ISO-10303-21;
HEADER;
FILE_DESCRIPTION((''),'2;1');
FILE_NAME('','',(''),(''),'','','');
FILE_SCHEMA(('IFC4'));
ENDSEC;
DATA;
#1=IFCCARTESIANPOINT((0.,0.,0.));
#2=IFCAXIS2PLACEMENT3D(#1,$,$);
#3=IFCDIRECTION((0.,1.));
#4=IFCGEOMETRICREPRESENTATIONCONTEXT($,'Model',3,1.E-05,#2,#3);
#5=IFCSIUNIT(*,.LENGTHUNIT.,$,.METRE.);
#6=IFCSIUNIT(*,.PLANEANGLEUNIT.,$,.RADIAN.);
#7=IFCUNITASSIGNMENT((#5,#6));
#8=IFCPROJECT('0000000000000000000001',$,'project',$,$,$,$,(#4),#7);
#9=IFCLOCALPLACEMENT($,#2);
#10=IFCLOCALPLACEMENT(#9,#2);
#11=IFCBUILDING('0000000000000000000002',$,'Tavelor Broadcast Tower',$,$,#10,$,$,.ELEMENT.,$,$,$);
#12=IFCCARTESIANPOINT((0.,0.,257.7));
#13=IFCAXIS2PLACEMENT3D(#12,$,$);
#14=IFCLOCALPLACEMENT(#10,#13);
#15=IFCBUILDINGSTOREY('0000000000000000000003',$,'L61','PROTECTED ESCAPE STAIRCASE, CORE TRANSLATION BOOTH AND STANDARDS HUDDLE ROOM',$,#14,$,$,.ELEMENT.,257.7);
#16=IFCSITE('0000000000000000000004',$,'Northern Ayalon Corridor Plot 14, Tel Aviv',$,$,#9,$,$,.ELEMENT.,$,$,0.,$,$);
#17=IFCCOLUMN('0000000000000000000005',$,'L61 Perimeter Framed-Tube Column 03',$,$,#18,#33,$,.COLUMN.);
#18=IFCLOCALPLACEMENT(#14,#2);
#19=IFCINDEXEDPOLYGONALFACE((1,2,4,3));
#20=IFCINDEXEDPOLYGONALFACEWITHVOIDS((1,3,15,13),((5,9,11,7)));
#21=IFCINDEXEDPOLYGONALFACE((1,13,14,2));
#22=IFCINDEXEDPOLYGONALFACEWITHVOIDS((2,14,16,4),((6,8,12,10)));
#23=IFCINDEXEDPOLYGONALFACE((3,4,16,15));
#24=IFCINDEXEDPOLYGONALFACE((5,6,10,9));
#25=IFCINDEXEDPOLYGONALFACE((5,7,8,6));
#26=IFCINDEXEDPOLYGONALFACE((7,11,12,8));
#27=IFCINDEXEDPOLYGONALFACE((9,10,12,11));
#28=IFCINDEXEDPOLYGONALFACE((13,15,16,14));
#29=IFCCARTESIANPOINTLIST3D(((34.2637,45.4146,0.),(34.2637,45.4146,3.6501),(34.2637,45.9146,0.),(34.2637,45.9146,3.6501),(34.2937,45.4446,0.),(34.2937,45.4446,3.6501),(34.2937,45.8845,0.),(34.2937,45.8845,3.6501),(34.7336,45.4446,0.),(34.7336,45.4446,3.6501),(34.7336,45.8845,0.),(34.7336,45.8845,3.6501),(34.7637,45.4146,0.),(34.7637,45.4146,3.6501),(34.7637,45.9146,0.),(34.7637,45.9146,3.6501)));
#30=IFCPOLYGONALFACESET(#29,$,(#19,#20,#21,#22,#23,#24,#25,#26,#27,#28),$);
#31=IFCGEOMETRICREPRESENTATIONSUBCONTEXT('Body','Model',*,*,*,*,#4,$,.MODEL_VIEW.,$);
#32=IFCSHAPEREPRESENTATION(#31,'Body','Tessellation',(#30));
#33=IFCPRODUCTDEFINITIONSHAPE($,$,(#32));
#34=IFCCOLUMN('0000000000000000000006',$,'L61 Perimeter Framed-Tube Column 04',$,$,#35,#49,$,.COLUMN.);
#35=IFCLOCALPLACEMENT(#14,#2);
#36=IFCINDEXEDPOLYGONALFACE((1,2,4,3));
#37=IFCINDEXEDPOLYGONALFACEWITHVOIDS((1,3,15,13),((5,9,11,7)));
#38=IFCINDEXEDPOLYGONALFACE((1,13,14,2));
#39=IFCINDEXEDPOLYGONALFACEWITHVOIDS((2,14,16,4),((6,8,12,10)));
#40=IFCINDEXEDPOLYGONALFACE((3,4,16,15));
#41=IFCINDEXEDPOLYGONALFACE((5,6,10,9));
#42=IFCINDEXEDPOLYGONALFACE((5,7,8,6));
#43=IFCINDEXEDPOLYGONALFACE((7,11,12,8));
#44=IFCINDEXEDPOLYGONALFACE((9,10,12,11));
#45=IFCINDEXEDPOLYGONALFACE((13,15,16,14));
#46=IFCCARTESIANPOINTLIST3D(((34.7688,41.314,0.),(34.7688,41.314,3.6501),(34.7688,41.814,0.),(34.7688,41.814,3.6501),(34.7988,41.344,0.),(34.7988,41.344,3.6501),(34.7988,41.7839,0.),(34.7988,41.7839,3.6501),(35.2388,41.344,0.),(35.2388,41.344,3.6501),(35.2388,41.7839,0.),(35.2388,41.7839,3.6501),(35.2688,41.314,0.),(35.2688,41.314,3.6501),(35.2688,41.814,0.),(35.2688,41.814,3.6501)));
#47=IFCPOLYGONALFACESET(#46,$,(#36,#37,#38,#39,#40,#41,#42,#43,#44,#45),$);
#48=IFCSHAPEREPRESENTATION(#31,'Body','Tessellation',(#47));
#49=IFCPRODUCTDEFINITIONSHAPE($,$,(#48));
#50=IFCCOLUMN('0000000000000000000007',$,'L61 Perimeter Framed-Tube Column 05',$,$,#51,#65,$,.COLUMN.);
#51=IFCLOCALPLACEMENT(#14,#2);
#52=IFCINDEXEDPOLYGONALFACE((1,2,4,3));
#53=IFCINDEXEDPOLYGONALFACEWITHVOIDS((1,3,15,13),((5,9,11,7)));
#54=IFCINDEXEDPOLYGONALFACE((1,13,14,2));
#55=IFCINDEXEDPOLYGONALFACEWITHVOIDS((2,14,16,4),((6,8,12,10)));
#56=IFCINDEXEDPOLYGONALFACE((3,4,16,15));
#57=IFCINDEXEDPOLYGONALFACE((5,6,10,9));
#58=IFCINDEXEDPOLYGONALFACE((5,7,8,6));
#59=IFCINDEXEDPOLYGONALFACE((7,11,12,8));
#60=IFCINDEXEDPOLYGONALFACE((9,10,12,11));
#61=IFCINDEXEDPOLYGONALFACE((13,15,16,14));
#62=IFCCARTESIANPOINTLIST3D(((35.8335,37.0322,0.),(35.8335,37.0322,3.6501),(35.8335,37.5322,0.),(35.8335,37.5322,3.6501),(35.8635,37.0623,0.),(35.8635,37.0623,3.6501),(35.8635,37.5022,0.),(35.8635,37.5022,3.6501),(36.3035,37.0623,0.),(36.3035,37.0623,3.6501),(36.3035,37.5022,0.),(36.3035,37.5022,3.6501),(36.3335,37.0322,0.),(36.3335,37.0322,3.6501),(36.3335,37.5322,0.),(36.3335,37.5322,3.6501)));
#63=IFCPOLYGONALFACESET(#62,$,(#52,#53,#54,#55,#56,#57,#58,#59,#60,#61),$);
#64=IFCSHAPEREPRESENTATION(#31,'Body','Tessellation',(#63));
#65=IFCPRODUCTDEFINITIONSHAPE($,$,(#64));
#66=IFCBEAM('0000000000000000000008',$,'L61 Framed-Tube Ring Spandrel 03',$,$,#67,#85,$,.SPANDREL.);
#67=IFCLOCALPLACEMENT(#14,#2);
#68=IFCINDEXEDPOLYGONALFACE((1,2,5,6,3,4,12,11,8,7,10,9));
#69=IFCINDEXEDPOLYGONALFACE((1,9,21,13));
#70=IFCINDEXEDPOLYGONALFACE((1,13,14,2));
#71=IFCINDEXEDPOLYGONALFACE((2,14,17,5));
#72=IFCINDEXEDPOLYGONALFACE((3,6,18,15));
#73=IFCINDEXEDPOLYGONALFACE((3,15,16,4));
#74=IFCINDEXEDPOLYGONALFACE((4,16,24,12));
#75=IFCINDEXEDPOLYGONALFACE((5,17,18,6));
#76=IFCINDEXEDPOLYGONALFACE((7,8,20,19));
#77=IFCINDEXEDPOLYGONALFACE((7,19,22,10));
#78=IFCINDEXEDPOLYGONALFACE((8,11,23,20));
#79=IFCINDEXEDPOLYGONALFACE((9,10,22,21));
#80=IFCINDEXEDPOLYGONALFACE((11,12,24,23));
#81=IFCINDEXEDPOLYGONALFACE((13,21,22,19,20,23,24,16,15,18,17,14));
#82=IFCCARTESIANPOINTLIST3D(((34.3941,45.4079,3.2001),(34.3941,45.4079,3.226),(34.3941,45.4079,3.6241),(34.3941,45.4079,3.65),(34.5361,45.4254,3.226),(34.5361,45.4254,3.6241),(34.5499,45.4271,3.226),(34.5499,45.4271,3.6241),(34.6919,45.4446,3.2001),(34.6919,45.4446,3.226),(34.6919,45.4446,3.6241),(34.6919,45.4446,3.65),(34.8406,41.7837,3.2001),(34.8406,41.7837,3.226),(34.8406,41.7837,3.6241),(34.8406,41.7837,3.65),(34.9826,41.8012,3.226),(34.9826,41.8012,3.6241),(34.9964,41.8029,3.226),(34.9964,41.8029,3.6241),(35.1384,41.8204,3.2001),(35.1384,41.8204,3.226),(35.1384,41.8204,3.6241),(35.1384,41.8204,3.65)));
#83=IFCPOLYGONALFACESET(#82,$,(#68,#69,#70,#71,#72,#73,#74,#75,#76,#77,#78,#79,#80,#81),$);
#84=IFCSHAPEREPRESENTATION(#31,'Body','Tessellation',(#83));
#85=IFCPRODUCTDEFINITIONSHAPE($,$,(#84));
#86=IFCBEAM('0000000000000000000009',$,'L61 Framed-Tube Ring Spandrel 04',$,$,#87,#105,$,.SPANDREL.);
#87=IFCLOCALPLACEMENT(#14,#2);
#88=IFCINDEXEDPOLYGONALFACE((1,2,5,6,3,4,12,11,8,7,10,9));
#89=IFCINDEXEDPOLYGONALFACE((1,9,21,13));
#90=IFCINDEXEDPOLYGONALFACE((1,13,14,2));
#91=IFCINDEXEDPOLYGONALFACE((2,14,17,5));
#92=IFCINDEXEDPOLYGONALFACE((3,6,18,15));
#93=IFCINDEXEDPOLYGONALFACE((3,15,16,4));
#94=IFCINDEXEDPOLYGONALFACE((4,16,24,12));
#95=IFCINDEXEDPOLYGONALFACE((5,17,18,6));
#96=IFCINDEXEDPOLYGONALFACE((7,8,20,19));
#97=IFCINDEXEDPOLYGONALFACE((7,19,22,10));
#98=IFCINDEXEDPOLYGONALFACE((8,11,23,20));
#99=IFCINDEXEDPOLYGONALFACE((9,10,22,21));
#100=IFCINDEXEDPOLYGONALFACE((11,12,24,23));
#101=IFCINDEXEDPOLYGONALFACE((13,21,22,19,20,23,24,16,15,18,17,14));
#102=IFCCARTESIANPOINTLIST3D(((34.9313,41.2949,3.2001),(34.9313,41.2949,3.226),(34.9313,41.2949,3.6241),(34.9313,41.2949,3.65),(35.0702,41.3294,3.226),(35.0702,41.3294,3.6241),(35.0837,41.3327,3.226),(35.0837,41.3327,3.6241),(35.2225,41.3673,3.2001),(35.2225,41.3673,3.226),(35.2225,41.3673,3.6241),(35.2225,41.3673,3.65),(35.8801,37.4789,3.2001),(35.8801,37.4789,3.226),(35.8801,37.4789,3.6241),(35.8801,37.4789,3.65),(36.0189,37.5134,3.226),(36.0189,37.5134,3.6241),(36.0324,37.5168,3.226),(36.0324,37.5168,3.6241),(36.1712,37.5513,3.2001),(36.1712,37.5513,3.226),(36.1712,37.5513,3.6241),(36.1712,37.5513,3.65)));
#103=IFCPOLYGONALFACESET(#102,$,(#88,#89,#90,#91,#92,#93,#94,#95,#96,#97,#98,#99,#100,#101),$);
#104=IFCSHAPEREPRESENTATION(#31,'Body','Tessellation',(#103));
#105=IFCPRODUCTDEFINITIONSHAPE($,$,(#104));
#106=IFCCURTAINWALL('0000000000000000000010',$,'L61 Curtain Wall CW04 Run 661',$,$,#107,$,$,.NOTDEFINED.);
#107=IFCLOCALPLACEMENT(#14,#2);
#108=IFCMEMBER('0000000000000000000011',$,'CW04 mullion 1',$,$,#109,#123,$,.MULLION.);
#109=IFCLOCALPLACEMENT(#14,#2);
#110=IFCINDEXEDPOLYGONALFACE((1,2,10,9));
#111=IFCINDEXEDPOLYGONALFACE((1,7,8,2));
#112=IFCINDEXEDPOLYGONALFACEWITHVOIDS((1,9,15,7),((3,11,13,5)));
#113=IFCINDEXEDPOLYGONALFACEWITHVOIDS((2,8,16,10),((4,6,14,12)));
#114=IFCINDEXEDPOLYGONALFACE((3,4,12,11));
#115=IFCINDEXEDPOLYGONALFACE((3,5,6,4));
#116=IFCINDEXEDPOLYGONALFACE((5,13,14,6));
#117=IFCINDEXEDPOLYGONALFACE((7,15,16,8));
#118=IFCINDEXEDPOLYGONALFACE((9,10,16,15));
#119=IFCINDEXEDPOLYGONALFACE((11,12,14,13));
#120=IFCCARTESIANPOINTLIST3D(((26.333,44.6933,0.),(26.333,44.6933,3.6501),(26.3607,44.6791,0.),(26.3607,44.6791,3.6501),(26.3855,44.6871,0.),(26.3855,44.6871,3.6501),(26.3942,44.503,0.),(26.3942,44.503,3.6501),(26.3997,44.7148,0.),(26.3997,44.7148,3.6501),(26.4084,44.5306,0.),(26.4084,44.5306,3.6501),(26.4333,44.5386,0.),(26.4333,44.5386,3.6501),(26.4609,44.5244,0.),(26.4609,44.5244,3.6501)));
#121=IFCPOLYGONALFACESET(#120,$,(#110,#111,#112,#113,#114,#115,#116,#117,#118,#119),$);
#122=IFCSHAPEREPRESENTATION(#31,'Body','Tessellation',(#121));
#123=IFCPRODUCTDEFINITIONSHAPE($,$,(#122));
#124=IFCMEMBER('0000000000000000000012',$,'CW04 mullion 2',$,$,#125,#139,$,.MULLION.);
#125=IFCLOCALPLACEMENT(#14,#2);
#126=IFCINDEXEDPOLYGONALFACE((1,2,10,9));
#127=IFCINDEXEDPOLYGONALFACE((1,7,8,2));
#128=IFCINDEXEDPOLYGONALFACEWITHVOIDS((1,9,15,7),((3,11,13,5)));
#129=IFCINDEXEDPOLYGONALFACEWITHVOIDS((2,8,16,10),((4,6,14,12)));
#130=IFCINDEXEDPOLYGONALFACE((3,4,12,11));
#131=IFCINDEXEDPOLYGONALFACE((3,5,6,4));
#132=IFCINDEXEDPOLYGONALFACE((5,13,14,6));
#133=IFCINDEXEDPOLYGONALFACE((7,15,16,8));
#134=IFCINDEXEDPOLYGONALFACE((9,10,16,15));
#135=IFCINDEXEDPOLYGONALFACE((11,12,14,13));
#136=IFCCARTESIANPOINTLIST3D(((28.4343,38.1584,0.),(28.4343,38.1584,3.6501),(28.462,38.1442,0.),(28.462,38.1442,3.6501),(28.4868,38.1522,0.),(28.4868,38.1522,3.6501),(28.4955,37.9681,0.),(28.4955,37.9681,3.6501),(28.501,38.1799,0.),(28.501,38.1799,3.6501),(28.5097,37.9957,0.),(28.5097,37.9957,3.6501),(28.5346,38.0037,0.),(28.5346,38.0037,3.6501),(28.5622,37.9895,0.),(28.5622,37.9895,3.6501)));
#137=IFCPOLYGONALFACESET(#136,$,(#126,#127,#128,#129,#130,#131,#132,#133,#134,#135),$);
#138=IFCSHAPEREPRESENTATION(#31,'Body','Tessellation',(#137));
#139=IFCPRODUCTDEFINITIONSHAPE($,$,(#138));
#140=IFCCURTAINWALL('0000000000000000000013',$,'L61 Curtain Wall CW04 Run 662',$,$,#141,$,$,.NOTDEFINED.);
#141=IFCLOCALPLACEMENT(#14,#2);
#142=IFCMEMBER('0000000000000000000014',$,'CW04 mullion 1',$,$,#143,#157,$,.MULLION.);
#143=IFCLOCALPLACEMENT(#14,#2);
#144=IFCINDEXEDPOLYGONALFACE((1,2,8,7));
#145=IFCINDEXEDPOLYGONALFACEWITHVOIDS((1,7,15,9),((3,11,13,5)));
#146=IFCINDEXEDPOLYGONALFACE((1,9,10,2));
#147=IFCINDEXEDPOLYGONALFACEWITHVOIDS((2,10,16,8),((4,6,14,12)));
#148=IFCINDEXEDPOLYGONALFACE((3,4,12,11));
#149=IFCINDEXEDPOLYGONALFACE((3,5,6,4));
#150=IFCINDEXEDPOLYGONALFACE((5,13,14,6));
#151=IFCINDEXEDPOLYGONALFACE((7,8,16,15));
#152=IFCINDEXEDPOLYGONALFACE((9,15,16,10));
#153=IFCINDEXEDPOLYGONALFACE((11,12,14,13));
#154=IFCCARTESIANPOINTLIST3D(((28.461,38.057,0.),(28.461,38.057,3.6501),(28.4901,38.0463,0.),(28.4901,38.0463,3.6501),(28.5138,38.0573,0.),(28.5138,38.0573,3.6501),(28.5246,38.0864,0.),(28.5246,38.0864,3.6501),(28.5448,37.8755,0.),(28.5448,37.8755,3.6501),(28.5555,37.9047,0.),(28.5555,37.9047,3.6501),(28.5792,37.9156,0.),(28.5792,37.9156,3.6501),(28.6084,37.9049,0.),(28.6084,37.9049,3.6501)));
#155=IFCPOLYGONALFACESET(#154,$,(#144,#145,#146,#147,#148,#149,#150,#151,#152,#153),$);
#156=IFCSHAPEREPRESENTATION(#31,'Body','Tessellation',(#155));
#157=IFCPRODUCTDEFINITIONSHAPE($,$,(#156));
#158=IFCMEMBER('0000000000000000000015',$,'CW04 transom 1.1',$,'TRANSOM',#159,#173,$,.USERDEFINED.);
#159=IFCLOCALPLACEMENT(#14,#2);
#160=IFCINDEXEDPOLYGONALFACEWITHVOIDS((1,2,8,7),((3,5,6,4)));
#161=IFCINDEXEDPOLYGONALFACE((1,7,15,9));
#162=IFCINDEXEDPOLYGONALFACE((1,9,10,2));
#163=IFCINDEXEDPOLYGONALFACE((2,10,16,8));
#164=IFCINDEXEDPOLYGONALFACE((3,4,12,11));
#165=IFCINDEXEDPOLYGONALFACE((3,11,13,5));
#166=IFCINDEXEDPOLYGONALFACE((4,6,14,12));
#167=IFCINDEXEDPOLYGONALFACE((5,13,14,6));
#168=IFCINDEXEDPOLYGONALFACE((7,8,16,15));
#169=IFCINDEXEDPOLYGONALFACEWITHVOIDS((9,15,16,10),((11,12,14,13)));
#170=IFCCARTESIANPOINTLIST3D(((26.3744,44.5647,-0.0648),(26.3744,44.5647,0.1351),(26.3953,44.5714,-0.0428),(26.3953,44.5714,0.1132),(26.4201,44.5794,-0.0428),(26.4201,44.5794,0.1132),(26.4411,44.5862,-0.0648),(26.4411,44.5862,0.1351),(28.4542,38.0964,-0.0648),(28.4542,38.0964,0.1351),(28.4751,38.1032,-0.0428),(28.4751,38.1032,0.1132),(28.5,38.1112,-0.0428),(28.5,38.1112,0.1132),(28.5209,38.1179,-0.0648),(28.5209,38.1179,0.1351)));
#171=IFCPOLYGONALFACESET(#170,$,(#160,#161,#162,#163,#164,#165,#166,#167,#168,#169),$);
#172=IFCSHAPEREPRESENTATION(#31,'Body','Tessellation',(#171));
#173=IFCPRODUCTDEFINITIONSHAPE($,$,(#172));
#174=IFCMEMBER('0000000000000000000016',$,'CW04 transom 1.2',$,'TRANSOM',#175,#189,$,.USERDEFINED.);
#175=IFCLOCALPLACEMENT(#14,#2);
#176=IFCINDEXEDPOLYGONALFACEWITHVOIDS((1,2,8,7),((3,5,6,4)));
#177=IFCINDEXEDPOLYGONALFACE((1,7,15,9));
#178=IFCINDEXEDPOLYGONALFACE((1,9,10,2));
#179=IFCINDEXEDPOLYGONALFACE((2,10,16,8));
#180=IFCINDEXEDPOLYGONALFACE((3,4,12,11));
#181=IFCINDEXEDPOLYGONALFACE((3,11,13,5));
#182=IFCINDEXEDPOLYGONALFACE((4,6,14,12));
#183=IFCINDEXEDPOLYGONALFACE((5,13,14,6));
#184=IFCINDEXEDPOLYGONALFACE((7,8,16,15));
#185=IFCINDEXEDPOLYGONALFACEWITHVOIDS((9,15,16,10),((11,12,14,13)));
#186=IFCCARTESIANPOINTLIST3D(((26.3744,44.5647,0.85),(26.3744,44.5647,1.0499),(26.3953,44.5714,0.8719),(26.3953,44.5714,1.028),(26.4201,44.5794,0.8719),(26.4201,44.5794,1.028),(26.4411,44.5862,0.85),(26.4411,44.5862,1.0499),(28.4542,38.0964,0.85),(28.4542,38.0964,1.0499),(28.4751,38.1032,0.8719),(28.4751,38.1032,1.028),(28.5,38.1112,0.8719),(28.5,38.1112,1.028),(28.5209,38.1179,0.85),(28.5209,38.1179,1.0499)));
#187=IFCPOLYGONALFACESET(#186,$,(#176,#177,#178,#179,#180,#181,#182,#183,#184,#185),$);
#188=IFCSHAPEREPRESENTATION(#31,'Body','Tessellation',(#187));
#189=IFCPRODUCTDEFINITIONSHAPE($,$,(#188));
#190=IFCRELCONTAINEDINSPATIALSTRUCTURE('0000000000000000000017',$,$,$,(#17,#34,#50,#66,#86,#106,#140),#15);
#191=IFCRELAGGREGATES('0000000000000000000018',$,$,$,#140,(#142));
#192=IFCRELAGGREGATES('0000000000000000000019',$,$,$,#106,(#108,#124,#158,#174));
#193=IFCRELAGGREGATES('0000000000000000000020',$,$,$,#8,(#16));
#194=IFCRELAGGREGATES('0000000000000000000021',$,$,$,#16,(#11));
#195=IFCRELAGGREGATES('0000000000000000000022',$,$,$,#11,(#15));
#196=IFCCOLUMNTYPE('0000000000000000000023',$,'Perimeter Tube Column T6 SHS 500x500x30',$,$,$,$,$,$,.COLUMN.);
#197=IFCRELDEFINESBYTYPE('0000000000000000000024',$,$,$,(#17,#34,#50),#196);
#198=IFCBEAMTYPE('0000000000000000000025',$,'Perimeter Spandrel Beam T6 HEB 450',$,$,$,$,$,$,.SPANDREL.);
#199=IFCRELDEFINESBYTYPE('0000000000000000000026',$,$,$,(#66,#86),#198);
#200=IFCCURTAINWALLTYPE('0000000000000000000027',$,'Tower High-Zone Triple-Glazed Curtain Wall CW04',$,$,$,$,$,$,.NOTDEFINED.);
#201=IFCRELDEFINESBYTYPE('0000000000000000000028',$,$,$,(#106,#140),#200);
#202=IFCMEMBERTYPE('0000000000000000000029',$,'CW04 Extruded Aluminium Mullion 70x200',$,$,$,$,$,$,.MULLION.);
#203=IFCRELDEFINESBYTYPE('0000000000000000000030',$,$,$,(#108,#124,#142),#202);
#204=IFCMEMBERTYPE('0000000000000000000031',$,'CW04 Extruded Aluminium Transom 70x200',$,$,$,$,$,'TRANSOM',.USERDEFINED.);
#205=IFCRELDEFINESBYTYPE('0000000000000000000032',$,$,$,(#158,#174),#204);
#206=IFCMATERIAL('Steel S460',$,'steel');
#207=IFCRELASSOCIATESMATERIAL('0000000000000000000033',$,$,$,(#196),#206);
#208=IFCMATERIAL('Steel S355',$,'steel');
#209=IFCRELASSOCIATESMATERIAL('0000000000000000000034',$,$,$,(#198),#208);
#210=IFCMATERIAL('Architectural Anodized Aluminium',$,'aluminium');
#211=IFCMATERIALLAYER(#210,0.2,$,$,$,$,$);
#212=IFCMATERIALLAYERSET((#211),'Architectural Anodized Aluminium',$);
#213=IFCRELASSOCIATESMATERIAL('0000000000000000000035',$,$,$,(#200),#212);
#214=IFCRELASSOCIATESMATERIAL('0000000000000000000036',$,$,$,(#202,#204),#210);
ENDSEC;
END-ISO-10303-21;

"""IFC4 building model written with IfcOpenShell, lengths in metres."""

from ifc_helpers import new_model, si_unit, direction, frame, origin, origin_2d, place, context, subcontext, project, spatial, hollow_rectangle, i_section, extrude, source, transform, mapped, material, layer, layer_set, material_profile, profile_set, type_object, type_shapes, element, aggregate, save


model = new_model("IFC4")

# Units and contexts
model_context = context("Model", 3, precision=1e-05, world=origin(), true_north=direction((0.0, 1.0)))
body_context = subcontext(model_context, "Body", "Model", "MODEL_VIEW")
ifc_project = project(units=[si_unit("LENGTHUNIT", "METRE"), si_unit("PLANEANGLEUNIT", "RADIAN")], contexts=[model_context])

# Site, building, storey
site_placement = place(None, origin())
site = spatial("IfcSite", under=ifc_project, at=site_placement, Name="Northern Ayalon Corridor Plot 14, Tel Aviv", CompositionType="ELEMENT", RefElevation=0.0)
building_placement = place(site_placement, origin())
building = spatial("IfcBuilding", under=site, at=building_placement, Name="Tavelor Broadcast Tower", CompositionType="ELEMENT")
storey_placement = place(building_placement, frame((0.0, 0.0, 257.7)))
storey = spatial("IfcBuildingStorey", under=building, at=storey_placement, Name="L61", Description="PROTECTED ESCAPE STAIRCASE, CORE TRANSLATION BOOTH AND STANDARDS HUDDLE ROOM", CompositionType="ELEMENT", Elevation=257.7)

# Columns
ifc_material_1 = material(Name="Steel S460", Category="steel")
ifc_material_profile_1 = material_profile(ifc_material_1, hollow_rectangle(XDim=0.5, YDim=0.5, WallThickness=0.03, at=origin_2d()), Name="SHS 500x500x30")
ifc_profile_set_1 = profile_set([ifc_material_profile_1], Name="Steel S460")
column_type = type_object("IfcColumnType", Name="Perimeter Tube Column T6 SHS 500x500x30", PredefinedType="COLUMN", material=ifc_profile_set_1)
for number, where, z_axis, x_axis, name in (
    (1, (34.5137, 45.6646, 0.0), (0.0, 0.0, 1.0), (1.0, 0.0, 0.0), "L61 Perimeter Framed-Tube Column 03"),
    (2, (35.0188, 41.564, 0.0), (0.0, 0.0, 1.0), (1.0, 0.0, 0.0), "L61 Perimeter Framed-Tube Column 04"),
    (3, (36.0835, 37.2822, 0.0), (0.0, 0.0, 1.0), (1.0, 0.0, 0.0), "L61 Perimeter Framed-Tube Column 05"),
):
    element("IfcColumn", number, at=place(storey_placement, frame(where, z_axis=z_axis, x_axis=x_axis)), inside=storey, type_object=column_type, Name=name, PredefinedType="COLUMN", context=body_context, shape_type="SweptSolid", body=[
        extrude(hollow_rectangle(XDim=0.5, YDim=0.5, WallThickness=0.03, at=origin_2d()), origin(), (0.0, 0.0, 1.0), 3.6501),
    ])

# Beams
ifc_material_2 = material(Name="Steel S355", Category="steel")
ifc_material_profile_2 = material_profile(ifc_material_2, i_section(OverallWidth=0.3, OverallDepth=0.45, WebThickness=0.0139, FlangeThickness=0.0259, at=origin_2d()), Name="HEB 450")
ifc_profile_set_2 = profile_set([ifc_material_profile_2], Name="Steel S355")
beam_type = type_object("IfcBeamType", Name="Perimeter Spandrel Beam T6 HEB 450", PredefinedType="SPANDREL", material=ifc_profile_set_2)
beam_1_placement = place(storey_placement, frame((34.543, 45.4263, 3.425), z_axis=(0.122282, -0.992495, 0.0), x_axis=(0.992495, 0.122282, 0.0)))
element("IfcBeam", 4, at=beam_1_placement, inside=storey, type_object=beam_type, Name="L61 Framed-Tube Ring Spandrel 03", PredefinedType="SPANDREL", context=body_context, shape_type="SweptSolid", body=[
    extrude(i_section(OverallWidth=0.3, OverallDepth=0.45, WebThickness=0.0139, FlangeThickness=0.0259, at=origin_2d()), origin(), (0.0, 0.0, 1.0), 3.6516),
])
beam_2_placement = place(storey_placement, frame((35.0769, 41.3311, 3.425), z_axis=(0.241279, -0.970456, 0.0), x_axis=(0.970456, 0.241279, 0.0)))
element("IfcBeam", 5, at=beam_2_placement, inside=storey, type_object=beam_type, Name="L61 Framed-Tube Ring Spandrel 04", PredefinedType="SPANDREL", context=body_context, shape_type="SweptSolid", body=[
    extrude(i_section(OverallWidth=0.3, OverallDepth=0.45, WebThickness=0.0139, FlangeThickness=0.0259, at=origin_2d()), origin(), (0.0, 0.0, 1.0), 3.9321),
])

# Curtain wall, members
ifc_material_3 = material(Name="Architectural Anodized Aluminium", Category="aluminium")
ifc_layer_1 = layer(ifc_material_3, 0.2)
ifc_layer_set_1 = layer_set([ifc_layer_1], Name="Architectural Anodized Aluminium")
curtain_wall_type = type_object("IfcCurtainWallType", Name="Tower High-Zone Triple-Glazed Curtain Wall CW04", PredefinedType="NOTDEFINED", material=ifc_layer_set_1)
curtain_wall_1_placement = place(storey_placement, origin())
curtain_wall_1 = element("IfcCurtainWall", 6, at=curtain_wall_1_placement, inside=storey, type_object=curtain_wall_type, Name="L61 Curtain Wall CW04 Run 661", PredefinedType="NOTDEFINED")
ifc_material_profile_3 = material_profile(ifc_material_3, hollow_rectangle(XDim=0.0701, YDim=0.2, WallThickness=0.022, at=origin_2d()), Name="RHS 70x200x22")
ifc_profile_set_3 = profile_set([ifc_material_profile_3], Name="Architectural Anodized Aluminium")
member_type_1 = type_object("IfcMemberType", Name="CW04 Extruded Aluminium Mullion 70x200", PredefinedType="MULLION", material=ifc_profile_set_3)
shared_shape_1 = source(origin(), body_context, "Body", "SweptSolid", [
    extrude(hollow_rectangle(XDim=0.0701, YDim=0.2, WallThickness=0.022, at=origin_2d()), origin(), (0.0, 0.0, 1.0), 3.6501),
])
type_shapes(member_type_1, [shared_shape_1])
member_1_placement = place(storey_placement, frame((26.397, 44.6089, 0.0), z_axis=(0.0, 0.0, 1.0), x_axis=(0.951997, 0.306108, 0.0)))
member_1 = element("IfcMember", 7, at=member_1_placement, type_object=member_type_1, Name="CW04 mullion 1", PredefinedType="MULLION", context=body_context, shape_type="MappedRepresentation", body=[
    mapped(shared_shape_1, transform((0.0, 0.0, 0.0), scale=1.0)),
])
member_2_placement = place(storey_placement, frame((28.4983, 38.074, 0.0), z_axis=(0.0, 0.0, 1.0), x_axis=(0.951997, 0.306108, 0.0)))
member_2 = element("IfcMember", 8, at=member_2_placement, type_object=member_type_1, Name="CW04 mullion 2", PredefinedType="MULLION", context=body_context, shape_type="MappedRepresentation", body=[
    mapped(shared_shape_1, transform((0.0, 0.0, 0.0), scale=1.0)),
])

# Curtain wall, member
curtain_wall_2_placement = place(storey_placement, origin())
curtain_wall_2 = element("IfcCurtainWall", 9, at=curtain_wall_2_placement, inside=storey, type_object=curtain_wall_type, Name="L61 Curtain Wall CW04 Run 662", PredefinedType="NOTDEFINED")
member_3_placement = place(storey_placement, frame((28.5347, 37.981, 0.0), z_axis=(0.0, 0.0, 1.0), x_axis=(0.907958, 0.419062, 0.0)))
member_3 = element("IfcMember", 10, at=member_3_placement, type_object=member_type_1, Name="CW04 mullion 1", PredefinedType="MULLION", context=body_context, shape_type="MappedRepresentation", body=[
    mapped(shared_shape_1, transform((0.0, 0.0, 0.0), scale=1.0)),
])

# Members
ifc_material_profile_4 = material_profile(ifc_material_3, hollow_rectangle(XDim=0.0701, YDim=0.2, WallThickness=0.022, at=origin_2d()), Name="RHS 70x200x22")
ifc_profile_set_4 = profile_set([ifc_material_profile_4], Name="Architectural Anodized Aluminium")
member_type_2 = type_object("IfcMemberType", Name="CW04 Extruded Aluminium Transom 70x200", ElementType="TRANSOM", PredefinedType="USERDEFINED", material=ifc_profile_set_4)
shared_shape_2 = source(origin(), body_context, "Body", "SweptSolid", [
    extrude(hollow_rectangle(XDim=0.0701, YDim=0.2, WallThickness=0.022, at=origin_2d()), origin(), (0.0, 0.0, 1.0), 6.7944),
])
member_4_placement = place(storey_placement, frame((26.4077, 44.5754, 0.0352), z_axis=(0.306109, -0.951996, 0.0), x_axis=(0.951996, 0.306109, 0.0)))
member_4 = element("IfcMember", 11, at=member_4_placement, type_object=member_type_2, Name="CW04 transom 1.1", ObjectType="TRANSOM", PredefinedType="USERDEFINED", context=body_context, shape_type="MappedRepresentation", body=[
    mapped(shared_shape_2, transform((0.0, 0.0, 0.0), scale=1.0)),
])
member_5_placement = place(storey_placement, frame((26.4077, 44.5754, 0.95), z_axis=(0.306109, -0.951996, 0.0), x_axis=(0.951996, 0.306109, 0.0)))
member_5 = element("IfcMember", 12, at=member_5_placement, type_object=member_type_2, Name="CW04 transom 1.2", ObjectType="TRANSOM", PredefinedType="USERDEFINED", context=body_context, shape_type="MappedRepresentation", body=[
    mapped(shared_shape_2, transform((0.0, 0.0, 0.0), scale=1.0)),
])
aggregate(curtain_wall_2, [member_3])

aggregate(curtain_wall_1, [member_1, member_2, member_4, member_5])

save(model, "model.ifc")
